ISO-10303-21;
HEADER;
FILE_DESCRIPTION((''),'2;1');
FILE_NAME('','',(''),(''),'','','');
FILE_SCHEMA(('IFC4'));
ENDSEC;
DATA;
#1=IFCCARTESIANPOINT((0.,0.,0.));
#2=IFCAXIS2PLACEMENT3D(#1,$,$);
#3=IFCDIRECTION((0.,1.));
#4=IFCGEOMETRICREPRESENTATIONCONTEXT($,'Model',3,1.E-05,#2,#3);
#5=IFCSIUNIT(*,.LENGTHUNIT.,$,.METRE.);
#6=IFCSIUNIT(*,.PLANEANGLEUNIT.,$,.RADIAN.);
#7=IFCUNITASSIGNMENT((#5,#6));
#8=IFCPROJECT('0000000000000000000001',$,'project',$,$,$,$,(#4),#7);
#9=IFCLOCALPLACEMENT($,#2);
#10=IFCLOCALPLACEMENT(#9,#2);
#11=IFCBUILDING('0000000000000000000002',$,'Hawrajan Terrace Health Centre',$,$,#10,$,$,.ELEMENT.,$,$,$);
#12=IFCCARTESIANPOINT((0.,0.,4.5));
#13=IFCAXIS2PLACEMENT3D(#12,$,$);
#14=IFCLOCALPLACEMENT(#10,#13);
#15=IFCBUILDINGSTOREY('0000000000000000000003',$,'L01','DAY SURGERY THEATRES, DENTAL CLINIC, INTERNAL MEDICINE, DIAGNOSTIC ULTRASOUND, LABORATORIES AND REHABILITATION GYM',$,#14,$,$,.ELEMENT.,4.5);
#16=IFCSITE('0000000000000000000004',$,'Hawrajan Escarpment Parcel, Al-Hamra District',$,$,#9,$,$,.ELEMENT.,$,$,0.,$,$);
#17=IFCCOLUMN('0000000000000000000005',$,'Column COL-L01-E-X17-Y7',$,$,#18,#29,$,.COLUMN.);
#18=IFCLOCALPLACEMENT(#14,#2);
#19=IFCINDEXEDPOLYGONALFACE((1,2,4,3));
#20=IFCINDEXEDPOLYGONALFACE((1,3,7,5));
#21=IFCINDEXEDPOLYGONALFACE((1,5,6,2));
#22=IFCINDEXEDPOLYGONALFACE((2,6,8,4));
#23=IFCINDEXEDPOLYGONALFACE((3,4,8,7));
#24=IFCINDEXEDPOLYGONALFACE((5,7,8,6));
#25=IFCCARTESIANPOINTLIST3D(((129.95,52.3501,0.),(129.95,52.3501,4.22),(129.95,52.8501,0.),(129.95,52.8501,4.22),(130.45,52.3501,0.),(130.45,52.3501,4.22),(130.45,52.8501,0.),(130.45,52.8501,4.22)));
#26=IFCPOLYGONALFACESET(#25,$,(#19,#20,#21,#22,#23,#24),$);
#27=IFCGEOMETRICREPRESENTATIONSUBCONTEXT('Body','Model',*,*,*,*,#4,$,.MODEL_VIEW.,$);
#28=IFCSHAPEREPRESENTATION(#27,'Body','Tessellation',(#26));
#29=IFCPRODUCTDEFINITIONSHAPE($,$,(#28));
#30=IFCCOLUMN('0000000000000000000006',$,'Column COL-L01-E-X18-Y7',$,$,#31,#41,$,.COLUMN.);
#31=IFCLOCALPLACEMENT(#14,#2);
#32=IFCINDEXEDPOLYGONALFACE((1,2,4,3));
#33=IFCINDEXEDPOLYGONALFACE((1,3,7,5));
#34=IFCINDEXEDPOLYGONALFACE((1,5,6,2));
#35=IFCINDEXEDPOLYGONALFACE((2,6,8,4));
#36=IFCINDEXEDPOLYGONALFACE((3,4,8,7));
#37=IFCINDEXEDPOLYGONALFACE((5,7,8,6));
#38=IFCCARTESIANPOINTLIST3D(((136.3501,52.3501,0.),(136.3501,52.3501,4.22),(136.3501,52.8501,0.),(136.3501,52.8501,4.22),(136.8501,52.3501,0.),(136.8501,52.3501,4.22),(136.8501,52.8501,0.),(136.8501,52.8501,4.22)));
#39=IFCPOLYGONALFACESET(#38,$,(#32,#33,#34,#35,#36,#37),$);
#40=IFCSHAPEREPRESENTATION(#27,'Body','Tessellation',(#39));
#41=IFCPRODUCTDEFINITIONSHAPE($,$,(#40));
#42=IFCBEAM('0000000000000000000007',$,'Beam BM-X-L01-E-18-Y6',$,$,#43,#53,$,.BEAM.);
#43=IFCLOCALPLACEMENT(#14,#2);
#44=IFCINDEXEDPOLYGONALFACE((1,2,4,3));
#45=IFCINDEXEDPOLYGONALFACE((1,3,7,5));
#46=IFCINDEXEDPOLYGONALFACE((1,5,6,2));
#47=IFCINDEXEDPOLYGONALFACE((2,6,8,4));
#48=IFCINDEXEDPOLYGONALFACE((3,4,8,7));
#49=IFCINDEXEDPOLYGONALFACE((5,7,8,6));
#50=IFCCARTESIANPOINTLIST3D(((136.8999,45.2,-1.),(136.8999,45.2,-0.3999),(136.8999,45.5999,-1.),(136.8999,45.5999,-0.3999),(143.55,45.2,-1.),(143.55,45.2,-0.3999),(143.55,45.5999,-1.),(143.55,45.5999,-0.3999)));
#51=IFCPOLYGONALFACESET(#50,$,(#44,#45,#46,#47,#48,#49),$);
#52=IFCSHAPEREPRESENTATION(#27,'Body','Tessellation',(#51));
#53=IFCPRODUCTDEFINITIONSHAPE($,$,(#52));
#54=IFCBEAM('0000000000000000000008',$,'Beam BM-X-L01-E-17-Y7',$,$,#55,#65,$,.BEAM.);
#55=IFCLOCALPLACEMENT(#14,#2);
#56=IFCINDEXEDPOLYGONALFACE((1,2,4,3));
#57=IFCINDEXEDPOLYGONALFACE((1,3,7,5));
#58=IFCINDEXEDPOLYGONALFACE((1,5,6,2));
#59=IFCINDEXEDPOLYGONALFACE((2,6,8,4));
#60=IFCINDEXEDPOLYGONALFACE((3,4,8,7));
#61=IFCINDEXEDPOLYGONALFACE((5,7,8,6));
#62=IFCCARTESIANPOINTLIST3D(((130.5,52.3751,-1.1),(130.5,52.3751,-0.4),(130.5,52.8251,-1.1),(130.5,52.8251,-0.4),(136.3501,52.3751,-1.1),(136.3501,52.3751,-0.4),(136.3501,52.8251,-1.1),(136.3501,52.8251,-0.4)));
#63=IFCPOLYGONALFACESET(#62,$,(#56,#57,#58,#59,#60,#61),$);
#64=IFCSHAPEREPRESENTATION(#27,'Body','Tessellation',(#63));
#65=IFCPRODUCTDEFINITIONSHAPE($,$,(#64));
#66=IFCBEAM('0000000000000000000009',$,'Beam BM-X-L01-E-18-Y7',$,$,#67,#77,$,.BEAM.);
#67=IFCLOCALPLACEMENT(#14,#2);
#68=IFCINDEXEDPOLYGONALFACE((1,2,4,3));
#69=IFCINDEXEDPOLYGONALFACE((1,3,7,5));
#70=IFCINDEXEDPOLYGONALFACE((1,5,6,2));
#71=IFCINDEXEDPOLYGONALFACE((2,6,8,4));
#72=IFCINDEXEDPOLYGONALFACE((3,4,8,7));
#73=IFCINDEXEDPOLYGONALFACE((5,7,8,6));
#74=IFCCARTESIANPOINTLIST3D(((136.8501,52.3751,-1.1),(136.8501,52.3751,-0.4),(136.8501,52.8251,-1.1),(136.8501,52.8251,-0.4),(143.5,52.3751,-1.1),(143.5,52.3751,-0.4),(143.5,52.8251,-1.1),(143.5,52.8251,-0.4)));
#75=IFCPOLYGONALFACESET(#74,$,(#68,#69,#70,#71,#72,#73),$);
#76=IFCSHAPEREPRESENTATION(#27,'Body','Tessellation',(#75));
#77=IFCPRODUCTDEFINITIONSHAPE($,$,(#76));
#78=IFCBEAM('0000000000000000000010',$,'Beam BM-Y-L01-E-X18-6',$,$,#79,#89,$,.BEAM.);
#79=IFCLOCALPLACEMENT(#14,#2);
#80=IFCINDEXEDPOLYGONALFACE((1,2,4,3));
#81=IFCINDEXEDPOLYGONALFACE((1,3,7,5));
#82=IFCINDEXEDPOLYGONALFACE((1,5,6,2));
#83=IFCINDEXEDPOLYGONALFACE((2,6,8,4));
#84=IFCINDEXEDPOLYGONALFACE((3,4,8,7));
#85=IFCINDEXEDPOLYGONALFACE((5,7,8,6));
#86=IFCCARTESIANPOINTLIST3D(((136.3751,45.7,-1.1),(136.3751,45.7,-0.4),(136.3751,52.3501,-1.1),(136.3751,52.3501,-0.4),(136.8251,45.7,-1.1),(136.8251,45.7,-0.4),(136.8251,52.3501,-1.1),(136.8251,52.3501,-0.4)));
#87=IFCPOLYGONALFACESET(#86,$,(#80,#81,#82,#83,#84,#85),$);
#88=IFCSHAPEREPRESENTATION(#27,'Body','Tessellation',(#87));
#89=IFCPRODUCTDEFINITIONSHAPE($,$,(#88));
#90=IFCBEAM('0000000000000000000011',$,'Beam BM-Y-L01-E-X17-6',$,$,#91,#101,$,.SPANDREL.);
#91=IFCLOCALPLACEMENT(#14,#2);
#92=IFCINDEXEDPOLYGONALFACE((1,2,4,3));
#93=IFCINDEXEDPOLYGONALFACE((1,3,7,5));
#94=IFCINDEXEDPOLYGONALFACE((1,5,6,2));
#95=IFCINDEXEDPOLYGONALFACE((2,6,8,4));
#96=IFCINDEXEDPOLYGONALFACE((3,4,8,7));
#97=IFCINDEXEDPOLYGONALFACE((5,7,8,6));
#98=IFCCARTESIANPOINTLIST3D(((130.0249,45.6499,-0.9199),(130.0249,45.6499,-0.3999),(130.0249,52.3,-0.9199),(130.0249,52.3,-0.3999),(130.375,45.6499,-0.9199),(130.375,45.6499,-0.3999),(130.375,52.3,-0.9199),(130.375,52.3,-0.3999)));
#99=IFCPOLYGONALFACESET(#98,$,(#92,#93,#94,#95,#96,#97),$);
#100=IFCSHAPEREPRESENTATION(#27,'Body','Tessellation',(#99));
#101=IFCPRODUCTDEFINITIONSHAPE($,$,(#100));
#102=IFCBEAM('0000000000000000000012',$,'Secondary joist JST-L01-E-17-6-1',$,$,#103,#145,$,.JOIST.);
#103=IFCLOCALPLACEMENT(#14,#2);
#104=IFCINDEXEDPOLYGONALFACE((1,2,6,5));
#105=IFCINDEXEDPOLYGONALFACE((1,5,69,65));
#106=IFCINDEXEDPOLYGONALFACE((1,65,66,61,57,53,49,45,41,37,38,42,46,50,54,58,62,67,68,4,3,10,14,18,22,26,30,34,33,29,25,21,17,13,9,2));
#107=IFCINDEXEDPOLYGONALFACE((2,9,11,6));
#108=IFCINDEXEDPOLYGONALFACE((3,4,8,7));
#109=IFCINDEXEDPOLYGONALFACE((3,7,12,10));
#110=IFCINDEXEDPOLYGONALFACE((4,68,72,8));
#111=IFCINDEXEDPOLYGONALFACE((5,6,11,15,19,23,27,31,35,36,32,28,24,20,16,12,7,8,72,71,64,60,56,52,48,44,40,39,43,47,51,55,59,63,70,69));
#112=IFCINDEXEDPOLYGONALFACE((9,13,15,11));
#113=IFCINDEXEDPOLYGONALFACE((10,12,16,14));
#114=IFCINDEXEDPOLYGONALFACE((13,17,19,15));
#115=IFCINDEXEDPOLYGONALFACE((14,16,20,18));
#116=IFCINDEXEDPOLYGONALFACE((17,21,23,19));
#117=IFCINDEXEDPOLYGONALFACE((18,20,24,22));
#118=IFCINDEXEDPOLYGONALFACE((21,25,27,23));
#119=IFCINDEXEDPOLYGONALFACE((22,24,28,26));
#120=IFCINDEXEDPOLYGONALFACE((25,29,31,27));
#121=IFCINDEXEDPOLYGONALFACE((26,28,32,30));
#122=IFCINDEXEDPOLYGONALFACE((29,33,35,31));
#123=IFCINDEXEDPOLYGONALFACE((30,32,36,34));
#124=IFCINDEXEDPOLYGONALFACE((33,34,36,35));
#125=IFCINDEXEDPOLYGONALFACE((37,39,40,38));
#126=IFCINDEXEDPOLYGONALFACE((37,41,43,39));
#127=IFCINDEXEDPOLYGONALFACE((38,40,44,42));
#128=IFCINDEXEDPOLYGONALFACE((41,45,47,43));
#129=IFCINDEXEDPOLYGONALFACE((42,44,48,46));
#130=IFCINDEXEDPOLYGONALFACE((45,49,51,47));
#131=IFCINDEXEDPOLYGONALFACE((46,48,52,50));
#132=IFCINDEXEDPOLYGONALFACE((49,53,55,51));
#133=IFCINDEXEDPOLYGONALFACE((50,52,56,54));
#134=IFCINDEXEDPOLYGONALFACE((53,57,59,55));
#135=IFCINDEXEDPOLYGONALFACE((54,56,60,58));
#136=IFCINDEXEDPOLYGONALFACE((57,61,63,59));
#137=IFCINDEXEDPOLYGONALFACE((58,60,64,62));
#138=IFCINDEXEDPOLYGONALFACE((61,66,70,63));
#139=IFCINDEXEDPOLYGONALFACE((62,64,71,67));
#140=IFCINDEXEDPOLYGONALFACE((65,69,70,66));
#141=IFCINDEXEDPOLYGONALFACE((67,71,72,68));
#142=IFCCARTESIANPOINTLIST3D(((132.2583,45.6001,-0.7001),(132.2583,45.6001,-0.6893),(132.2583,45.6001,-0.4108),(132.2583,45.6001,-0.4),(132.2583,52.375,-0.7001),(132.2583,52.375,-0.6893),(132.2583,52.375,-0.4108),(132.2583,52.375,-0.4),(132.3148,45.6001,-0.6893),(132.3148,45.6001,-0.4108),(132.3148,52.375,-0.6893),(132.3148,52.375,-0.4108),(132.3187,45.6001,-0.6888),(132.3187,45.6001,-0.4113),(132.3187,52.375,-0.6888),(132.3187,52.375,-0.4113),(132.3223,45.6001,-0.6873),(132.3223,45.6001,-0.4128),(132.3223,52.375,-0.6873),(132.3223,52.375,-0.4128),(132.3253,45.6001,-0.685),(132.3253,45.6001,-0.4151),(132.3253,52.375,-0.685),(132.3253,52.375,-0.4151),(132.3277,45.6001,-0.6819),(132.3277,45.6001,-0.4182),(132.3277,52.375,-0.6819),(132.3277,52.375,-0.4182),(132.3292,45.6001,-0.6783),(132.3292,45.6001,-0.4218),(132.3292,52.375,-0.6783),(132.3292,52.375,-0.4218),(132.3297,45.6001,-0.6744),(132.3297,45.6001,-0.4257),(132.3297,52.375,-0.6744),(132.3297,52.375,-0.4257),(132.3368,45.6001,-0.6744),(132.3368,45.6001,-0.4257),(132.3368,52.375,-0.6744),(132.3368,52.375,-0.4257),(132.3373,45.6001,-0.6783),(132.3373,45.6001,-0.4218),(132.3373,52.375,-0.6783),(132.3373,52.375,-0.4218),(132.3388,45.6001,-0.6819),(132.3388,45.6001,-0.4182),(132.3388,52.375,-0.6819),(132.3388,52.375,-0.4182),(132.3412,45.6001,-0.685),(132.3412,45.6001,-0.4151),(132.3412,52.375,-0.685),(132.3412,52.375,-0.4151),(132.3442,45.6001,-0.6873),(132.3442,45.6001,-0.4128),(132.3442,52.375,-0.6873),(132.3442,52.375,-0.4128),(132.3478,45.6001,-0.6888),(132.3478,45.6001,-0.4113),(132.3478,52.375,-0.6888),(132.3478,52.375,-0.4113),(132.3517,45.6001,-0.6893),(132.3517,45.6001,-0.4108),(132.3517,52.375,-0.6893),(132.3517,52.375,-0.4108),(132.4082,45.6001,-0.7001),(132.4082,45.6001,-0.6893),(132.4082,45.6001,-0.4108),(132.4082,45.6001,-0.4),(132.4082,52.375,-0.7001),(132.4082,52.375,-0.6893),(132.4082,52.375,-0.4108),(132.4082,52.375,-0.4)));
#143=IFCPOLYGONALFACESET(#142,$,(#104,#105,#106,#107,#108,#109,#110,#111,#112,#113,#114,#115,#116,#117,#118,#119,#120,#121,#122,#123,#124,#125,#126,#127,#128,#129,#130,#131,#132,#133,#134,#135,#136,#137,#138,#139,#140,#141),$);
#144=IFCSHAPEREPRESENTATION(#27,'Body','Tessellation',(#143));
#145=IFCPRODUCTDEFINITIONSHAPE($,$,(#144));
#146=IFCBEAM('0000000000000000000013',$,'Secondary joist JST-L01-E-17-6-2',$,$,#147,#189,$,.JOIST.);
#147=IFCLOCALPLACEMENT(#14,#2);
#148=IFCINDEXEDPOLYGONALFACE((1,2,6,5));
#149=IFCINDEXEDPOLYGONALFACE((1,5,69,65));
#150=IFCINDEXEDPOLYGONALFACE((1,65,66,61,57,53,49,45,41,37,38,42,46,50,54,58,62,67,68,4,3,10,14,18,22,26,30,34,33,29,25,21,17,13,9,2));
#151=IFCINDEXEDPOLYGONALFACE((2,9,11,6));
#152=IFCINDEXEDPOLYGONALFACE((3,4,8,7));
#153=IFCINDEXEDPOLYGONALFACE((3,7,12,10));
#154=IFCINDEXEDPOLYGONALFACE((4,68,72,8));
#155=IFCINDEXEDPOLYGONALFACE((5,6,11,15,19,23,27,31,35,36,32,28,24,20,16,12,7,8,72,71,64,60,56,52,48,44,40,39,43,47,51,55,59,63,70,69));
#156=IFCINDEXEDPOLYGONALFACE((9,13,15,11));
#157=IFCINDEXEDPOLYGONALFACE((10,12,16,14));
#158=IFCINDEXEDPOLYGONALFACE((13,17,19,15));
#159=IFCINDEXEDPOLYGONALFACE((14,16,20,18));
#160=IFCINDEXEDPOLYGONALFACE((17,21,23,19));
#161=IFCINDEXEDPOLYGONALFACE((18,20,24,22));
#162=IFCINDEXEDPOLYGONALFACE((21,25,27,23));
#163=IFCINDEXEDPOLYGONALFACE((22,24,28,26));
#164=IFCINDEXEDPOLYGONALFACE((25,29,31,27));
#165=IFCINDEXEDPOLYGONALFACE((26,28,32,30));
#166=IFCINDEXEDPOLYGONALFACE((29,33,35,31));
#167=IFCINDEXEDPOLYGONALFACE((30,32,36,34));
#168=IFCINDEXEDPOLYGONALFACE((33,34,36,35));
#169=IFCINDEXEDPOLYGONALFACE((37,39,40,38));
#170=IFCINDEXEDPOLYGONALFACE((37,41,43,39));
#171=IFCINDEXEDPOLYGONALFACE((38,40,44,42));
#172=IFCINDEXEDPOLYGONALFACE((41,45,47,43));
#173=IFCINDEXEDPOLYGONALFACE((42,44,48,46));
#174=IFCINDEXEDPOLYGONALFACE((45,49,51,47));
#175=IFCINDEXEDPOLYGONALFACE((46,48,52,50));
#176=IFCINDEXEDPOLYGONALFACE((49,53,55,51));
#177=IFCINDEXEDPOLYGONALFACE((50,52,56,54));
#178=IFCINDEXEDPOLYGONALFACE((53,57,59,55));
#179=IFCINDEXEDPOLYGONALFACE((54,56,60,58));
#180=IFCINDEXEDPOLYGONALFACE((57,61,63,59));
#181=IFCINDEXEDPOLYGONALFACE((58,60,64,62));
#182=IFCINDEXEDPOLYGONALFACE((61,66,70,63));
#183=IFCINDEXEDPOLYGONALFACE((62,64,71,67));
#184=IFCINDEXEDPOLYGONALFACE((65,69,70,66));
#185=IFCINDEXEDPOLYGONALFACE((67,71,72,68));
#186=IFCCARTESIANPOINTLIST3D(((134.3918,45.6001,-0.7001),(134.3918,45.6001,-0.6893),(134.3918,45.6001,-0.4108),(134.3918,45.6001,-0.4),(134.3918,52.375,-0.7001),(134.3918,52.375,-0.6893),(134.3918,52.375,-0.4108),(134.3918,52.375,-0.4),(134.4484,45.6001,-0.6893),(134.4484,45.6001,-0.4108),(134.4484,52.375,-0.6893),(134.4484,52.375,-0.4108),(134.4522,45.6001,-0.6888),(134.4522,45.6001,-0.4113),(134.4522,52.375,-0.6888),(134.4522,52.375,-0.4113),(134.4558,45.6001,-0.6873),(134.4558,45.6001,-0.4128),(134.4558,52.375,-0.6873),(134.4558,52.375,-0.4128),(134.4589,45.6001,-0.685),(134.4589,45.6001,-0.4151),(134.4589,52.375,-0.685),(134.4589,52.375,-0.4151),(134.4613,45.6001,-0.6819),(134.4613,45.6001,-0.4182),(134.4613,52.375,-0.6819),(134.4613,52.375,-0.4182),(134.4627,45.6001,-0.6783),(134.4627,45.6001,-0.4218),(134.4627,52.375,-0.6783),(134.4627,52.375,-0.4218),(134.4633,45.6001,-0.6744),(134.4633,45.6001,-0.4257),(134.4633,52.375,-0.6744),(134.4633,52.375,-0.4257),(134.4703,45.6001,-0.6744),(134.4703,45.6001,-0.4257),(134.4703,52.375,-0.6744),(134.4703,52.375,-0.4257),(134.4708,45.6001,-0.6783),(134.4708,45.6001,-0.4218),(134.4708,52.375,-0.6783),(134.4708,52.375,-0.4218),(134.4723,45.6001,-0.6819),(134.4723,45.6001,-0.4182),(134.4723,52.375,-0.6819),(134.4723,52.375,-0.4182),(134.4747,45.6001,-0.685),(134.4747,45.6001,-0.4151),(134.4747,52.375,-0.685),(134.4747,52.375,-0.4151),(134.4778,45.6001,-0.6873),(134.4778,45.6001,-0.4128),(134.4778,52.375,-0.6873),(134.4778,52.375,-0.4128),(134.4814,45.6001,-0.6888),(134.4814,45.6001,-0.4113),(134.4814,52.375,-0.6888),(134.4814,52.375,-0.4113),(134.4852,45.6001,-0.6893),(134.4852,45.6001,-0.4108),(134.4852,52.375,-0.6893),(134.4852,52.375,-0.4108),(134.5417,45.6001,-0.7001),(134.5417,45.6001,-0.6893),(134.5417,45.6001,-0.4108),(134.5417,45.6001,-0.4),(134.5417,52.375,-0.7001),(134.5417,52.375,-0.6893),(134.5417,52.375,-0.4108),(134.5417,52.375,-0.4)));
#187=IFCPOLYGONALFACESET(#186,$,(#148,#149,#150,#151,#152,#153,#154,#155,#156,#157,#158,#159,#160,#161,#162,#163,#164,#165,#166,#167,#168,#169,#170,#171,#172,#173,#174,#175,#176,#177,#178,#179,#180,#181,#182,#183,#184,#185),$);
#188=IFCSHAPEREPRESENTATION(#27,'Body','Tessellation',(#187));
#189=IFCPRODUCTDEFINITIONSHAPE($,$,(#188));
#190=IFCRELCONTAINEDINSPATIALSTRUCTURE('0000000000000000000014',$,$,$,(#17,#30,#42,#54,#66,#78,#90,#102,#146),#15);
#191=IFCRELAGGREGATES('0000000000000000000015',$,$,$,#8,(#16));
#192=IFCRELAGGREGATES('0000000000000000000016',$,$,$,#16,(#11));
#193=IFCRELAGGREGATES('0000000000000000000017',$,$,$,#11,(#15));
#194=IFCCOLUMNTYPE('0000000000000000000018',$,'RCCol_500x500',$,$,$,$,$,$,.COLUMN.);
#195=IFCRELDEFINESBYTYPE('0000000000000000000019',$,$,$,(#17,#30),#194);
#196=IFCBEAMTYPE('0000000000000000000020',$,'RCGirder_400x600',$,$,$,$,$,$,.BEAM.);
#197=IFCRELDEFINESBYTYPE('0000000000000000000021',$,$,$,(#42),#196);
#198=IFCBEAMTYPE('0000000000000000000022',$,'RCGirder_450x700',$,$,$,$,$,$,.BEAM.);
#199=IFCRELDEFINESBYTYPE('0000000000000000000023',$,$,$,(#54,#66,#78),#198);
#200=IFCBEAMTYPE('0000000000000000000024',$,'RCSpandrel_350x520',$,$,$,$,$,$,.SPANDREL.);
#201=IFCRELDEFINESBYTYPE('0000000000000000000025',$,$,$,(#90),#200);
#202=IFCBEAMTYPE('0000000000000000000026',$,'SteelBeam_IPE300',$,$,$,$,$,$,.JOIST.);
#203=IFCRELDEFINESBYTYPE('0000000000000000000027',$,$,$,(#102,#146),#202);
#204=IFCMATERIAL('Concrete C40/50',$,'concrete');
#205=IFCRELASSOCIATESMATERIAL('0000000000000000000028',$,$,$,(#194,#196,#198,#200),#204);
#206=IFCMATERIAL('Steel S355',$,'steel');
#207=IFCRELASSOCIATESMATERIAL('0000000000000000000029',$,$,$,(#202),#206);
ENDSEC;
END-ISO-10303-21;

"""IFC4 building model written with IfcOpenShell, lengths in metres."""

from ifc_helpers import new_model, si_unit, direction, frame, origin, origin_2d, place, context, subcontext, project, spatial, rectangle, i_section, extrude, material, material_profile, profile_set, type_object, element, save


model = new_model("IFC4")

# Units and contexts
model_context = context("Model", 3, precision=1e-05, world=origin(), true_north=direction((0.0, 1.0)))
body_context = subcontext(model_context, "Body", "Model", "MODEL_VIEW")
ifc_project = project(units=[si_unit("LENGTHUNIT", "METRE"), si_unit("PLANEANGLEUNIT", "RADIAN")], contexts=[model_context])

# Site, building, storey
site_placement = place(None, origin())
site = spatial("IfcSite", under=ifc_project, at=site_placement, Name="Hawrajan Escarpment Parcel, Al-Hamra District", CompositionType="ELEMENT", RefElevation=0.0)
building_placement = place(site_placement, origin())
building = spatial("IfcBuilding", under=site, at=building_placement, Name="Hawrajan Terrace Health Centre", CompositionType="ELEMENT")
storey_placement = place(building_placement, frame((0.0, 0.0, 4.5)))
storey = spatial("IfcBuildingStorey", under=building, at=storey_placement, Name="L01", Description="DAY SURGERY THEATRES, DENTAL CLINIC, INTERNAL MEDICINE, DIAGNOSTIC ULTRASOUND, LABORATORIES AND REHABILITATION GYM", CompositionType="ELEMENT", Elevation=4.5)

# Columns
ifc_material_1 = material(Name="Concrete C40/50", Category="concrete")
ifc_material_profile_1 = material_profile(ifc_material_1, rectangle(XDim=0.5, YDim=0.5, at=origin_2d()), Name="RC 500x500")
ifc_profile_set_1 = profile_set([ifc_material_profile_1], Name="Concrete C40/50")
column_type = type_object("IfcColumnType", Name="RCCol_500x500", PredefinedType="COLUMN", material=ifc_profile_set_1)
for number, where, z_axis, x_axis, name in (
    (1, (130.2, 52.6001, 0.0), (0.0, 0.0, 1.0), (1.0, 0.0, 0.0), "Column COL-L01-E-X17-Y7"),
    (2, (136.6001, 52.6001, 0.0), (0.0, 0.0, 1.0), (1.0, 0.0, 0.0), "Column COL-L01-E-X18-Y7"),
):
    element("IfcColumn", number, at=place(storey_placement, frame(where, z_axis=z_axis, x_axis=x_axis)), inside=storey, type_object=column_type, Name=name, PredefinedType="COLUMN", context=body_context, shape_type="SweptSolid", body=[
        extrude(rectangle(XDim=0.5, YDim=0.5, at=origin_2d()), origin(), (0.0, 0.0, 1.0), 4.22),
    ])

# Beams
ifc_material_profile_2 = material_profile(ifc_material_1, rectangle(XDim=0.3999, YDim=0.6001, at=origin_2d()), Name="RC BM 400x600")
ifc_profile_set_2 = profile_set([ifc_material_profile_2], Name="Concrete C40/50")
beam_type_1 = type_object("IfcBeamType", Name="RCGirder_400x600", PredefinedType="BEAM", material=ifc_profile_set_2)
beam_1_placement = place(storey_placement, frame((136.8999, 45.3999, -0.7), z_axis=(1.0, 0.0, 0.0), x_axis=(0.0, 1.0, 0.0)))
element("IfcBeam", 3, at=beam_1_placement, inside=storey, type_object=beam_type_1, Name="Beam BM-X-L01-E-18-Y6", PredefinedType="BEAM", context=body_context, shape_type="SweptSolid", body=[
    extrude(rectangle(XDim=0.3999, YDim=0.6001, at=origin_2d()), origin(), (0.0, 0.0, 1.0), 6.6501),
])
ifc_material_profile_3 = material_profile(ifc_material_1, rectangle(XDim=0.45, YDim=0.7, at=origin_2d()), Name="RC BM 450x700")
ifc_profile_set_3 = profile_set([ifc_material_profile_3], Name="Concrete C40/50")
beam_type_2 = type_object("IfcBeamType", Name="RCGirder_450x700", PredefinedType="BEAM", material=ifc_profile_set_3)
beam_2_placement = place(storey_placement, frame((130.5, 52.6001, -0.75), z_axis=(1.0, 0.0, 0.0), x_axis=(0.0, 1.0, 0.0)))
element("IfcBeam", 4, at=beam_2_placement, inside=storey, type_object=beam_type_2, Name="Beam BM-X-L01-E-17-Y7", PredefinedType="BEAM", context=body_context, shape_type="SweptSolid", body=[
    extrude(rectangle(XDim=0.45, YDim=0.7, at=origin_2d()), origin(), (0.0, 0.0, 1.0), 5.8501),
])
beam_3_placement = place(storey_placement, frame((136.8501, 52.6001, -0.75), z_axis=(1.0, 0.0, 0.0), x_axis=(0.0, 1.0, 0.0)))
element("IfcBeam", 5, at=beam_3_placement, inside=storey, type_object=beam_type_2, Name="Beam BM-X-L01-E-18-Y7", PredefinedType="BEAM", context=body_context, shape_type="SweptSolid", body=[
    extrude(rectangle(XDim=0.45, YDim=0.7, at=origin_2d()), origin(), (0.0, 0.0, 1.0), 6.6499),
])
beam_4_placement = place(storey_placement, frame((136.6001, 45.7, -0.75), z_axis=(0.0, 1.0, 0.0), x_axis=(-1.0, 0.0, 0.0)))
element("IfcBeam", 6, at=beam_4_placement, inside=storey, type_object=beam_type_2, Name="Beam BM-Y-L01-E-X18-6", PredefinedType="BEAM", context=body_context, shape_type="SweptSolid", body=[
    extrude(rectangle(XDim=0.45, YDim=0.7, at=origin_2d()), origin(), (0.0, 0.0, 1.0), 6.6501),
])
ifc_material_profile_4 = material_profile(ifc_material_1, rectangle(XDim=0.3501, YDim=0.52, at=origin_2d()), Name="RC SP 350x520")
ifc_profile_set_4 = profile_set([ifc_material_profile_4], Name="Concrete C40/50")
beam_type_3 = type_object("IfcBeamType", Name="RCSpandrel_350x520", PredefinedType="SPANDREL", material=ifc_profile_set_4)
beam_5_placement = place(storey_placement, frame((130.2, 45.6499, -0.6599), z_axis=(0.0, 1.0, 0.0), x_axis=(-1.0, 0.0, 0.0)))
element("IfcBeam", 7, at=beam_5_placement, inside=storey, type_object=beam_type_3, Name="Beam BM-Y-L01-E-X17-6", PredefinedType="SPANDREL", context=body_context, shape_type="SweptSolid", body=[
    extrude(rectangle(XDim=0.3501, YDim=0.52, at=origin_2d()), origin(), (0.0, 0.0, 1.0), 6.6501),
])
ifc_material_2 = material(Name="Steel S355", Category="steel")
ifc_material_profile_5 = material_profile(ifc_material_2, i_section(OverallWidth=0.1499, OverallDepth=0.3, WebThickness=0.0071, FlangeThickness=0.0107, FilletRadius=0.0149, at=origin_2d()), Name="IPE 300")
ifc_profile_set_5 = profile_set([ifc_material_profile_5], Name="Steel S355")
beam_type_4 = type_object("IfcBeamType", Name="SteelBeam_IPE300", PredefinedType="JOIST", material=ifc_profile_set_5)
for number, where, z_axis, x_axis, name in (
    (8, (132.3333, 45.6001, -0.55), (0.0, 1.0, 0.0), (-1.0, 0.0, 0.0), "Secondary joist JST-L01-E-17-6-1"),
    (9, (134.4668, 45.6001, -0.55), (0.0, 1.0, 0.0), (-1.0, 0.0, 0.0), "Secondary joist JST-L01-E-17-6-2"),
):
    element("IfcBeam", number, at=place(storey_placement, frame(where, z_axis=z_axis, x_axis=x_axis)), inside=storey, type_object=beam_type_4, Name=name, PredefinedType="JOIST", context=body_context, shape_type="SweptSolid", body=[
        extrude(i_section(OverallWidth=0.1499, OverallDepth=0.3, WebThickness=0.0071, FlangeThickness=0.0107, FilletRadius=0.0149, at=origin_2d()), origin(), (0.0, 0.0, 1.0), 6.7749),
    ])

save(model, "model.ifc")
